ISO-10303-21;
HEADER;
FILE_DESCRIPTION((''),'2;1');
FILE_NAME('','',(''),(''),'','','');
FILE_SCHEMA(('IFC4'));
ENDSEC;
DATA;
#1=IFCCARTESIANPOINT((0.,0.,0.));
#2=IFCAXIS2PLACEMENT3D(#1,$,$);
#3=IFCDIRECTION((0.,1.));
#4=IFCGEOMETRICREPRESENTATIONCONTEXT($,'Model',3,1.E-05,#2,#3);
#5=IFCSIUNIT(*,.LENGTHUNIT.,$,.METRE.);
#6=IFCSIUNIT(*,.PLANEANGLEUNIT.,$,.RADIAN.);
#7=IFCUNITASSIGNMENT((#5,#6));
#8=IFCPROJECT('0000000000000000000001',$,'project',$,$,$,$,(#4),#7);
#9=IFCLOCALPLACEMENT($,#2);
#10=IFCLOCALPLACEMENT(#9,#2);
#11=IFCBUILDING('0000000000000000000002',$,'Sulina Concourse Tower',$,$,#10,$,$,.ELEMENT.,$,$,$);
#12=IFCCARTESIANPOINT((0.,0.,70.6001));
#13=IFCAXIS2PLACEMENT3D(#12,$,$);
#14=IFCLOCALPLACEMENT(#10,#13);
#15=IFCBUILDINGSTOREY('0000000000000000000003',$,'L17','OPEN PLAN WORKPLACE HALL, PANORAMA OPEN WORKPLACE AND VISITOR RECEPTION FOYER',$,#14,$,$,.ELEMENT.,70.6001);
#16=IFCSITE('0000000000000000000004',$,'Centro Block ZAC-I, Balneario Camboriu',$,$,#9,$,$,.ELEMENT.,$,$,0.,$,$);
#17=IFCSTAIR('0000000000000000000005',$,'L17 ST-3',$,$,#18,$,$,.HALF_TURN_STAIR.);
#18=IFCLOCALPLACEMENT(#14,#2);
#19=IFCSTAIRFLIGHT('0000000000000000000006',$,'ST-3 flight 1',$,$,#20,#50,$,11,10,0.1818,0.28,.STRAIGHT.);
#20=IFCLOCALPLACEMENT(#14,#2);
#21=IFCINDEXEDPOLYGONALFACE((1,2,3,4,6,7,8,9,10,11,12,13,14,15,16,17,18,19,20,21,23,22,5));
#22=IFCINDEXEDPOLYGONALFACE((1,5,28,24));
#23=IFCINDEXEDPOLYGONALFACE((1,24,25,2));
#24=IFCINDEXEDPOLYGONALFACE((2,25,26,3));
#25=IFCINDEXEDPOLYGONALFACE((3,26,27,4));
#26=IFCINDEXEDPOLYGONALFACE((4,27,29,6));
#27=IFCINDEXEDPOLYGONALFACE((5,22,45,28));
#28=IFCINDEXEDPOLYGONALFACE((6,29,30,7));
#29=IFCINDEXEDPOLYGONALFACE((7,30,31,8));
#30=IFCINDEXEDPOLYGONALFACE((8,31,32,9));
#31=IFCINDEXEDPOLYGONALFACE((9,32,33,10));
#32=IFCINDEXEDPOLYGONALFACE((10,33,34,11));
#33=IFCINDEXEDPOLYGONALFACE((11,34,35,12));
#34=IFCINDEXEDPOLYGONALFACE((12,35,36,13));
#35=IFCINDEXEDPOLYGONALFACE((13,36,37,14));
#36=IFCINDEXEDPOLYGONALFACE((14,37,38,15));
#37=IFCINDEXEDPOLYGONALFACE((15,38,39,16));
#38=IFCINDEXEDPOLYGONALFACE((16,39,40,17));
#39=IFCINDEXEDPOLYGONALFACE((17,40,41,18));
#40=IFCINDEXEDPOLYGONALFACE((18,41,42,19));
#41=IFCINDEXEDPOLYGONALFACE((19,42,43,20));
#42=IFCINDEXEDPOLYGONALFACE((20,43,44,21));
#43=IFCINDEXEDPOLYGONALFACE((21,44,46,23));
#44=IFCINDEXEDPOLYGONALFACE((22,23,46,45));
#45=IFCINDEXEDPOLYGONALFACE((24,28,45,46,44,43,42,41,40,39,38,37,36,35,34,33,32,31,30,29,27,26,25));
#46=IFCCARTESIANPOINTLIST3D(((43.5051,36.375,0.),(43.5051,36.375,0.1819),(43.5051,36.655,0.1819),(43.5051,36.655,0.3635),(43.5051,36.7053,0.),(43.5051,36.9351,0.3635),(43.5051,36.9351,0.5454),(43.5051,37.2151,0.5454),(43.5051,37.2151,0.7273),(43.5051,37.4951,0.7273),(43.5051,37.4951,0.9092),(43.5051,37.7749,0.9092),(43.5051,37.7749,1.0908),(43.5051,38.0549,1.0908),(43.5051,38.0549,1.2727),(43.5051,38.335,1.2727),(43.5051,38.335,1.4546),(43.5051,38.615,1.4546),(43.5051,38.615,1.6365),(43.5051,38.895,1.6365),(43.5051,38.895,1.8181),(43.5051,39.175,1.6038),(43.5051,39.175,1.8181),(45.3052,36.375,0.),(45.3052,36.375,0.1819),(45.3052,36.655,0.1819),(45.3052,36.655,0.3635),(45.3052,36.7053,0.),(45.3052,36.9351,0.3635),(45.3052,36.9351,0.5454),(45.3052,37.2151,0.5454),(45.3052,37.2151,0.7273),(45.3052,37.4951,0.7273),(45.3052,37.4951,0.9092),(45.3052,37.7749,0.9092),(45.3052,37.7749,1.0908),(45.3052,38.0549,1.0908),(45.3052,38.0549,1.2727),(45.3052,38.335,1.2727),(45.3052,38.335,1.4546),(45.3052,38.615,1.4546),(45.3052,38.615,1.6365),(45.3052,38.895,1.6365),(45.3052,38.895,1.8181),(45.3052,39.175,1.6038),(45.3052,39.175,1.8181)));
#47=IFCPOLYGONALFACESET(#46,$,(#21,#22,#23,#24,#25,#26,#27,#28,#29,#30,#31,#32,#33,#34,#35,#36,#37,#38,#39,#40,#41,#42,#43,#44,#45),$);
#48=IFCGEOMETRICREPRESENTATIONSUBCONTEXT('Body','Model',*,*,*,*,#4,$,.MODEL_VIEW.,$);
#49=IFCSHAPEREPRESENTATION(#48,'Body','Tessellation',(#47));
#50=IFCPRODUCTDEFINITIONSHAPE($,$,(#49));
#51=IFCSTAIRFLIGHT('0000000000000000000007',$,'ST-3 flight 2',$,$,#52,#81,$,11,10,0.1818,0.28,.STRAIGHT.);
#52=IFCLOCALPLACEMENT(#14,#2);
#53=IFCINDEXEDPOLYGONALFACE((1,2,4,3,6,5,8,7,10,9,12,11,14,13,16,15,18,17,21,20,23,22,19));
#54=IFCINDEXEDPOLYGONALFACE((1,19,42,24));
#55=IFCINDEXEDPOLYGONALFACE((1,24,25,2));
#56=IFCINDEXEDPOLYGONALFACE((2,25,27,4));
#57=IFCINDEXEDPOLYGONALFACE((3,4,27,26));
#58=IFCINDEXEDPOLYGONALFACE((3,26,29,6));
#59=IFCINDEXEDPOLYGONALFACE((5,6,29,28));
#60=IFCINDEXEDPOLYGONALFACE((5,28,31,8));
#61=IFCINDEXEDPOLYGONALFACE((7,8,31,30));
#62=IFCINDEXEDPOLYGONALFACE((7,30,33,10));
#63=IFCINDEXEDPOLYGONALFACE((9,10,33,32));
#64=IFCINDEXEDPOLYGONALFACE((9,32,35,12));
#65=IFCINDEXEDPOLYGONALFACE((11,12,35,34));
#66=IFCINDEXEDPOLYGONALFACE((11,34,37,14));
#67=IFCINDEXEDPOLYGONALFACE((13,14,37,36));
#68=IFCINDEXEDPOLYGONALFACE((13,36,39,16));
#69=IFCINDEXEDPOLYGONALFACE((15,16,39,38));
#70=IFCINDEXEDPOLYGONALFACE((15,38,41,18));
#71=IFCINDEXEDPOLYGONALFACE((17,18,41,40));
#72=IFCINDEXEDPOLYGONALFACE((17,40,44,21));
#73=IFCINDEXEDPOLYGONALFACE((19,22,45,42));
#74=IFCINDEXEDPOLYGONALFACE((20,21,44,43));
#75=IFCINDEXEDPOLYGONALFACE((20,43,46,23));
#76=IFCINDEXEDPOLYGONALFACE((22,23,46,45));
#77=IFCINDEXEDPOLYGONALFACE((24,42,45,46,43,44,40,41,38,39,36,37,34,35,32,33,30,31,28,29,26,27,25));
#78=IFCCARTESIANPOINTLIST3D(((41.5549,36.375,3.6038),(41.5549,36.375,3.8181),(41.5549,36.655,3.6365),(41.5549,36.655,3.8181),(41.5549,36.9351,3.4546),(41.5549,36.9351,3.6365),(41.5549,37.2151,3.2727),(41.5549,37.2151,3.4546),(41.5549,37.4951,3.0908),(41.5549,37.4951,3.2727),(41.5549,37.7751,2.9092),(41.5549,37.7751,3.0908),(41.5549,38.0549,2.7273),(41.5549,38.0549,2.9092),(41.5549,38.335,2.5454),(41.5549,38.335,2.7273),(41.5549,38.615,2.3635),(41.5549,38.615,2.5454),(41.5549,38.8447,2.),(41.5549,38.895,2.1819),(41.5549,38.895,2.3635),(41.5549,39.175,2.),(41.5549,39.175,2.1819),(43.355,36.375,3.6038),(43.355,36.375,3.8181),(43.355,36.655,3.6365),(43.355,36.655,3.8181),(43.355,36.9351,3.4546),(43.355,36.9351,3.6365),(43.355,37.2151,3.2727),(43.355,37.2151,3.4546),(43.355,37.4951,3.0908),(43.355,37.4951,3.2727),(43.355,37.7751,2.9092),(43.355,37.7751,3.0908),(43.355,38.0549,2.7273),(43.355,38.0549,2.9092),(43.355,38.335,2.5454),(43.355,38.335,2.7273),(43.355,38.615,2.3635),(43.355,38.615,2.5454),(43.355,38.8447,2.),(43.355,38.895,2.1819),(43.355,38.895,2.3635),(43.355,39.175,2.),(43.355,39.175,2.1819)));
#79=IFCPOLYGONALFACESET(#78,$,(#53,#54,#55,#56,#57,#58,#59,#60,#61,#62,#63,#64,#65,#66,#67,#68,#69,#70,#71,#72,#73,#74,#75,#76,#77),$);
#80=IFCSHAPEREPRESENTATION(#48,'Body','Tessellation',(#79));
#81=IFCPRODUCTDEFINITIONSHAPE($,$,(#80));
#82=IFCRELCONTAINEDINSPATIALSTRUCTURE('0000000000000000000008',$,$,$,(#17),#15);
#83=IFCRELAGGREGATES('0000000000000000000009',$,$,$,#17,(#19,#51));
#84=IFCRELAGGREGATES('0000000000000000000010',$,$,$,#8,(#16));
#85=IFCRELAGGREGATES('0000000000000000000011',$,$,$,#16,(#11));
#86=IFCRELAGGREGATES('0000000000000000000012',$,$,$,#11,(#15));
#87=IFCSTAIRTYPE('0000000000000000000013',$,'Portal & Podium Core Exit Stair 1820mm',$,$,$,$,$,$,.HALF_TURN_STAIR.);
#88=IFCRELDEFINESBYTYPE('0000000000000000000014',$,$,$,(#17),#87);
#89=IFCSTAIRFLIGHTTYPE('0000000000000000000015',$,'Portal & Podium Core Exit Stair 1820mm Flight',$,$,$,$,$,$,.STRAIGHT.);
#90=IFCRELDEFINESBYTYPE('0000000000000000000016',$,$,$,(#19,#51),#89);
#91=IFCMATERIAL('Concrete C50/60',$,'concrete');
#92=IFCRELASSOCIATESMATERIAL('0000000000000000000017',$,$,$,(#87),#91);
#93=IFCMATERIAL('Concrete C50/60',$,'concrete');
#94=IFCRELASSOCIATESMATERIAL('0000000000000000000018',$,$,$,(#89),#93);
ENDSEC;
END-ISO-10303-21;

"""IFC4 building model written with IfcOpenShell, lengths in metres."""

from ifc_helpers import new_model, si_unit, direction, frame, origin, place, context, subcontext, project, spatial, polyline, outline, extrude, material, type_object, element, aggregate, save


model = new_model("IFC4")

# Units and contexts
model_context = context("Model", 3, precision=1e-05, world=origin(), true_north=direction((0.0, 1.0)))
body_context = subcontext(model_context, "Body", "Model", "MODEL_VIEW")
ifc_project = project(units=[si_unit("LENGTHUNIT", "METRE"), si_unit("PLANEANGLEUNIT", "RADIAN")], contexts=[model_context])

# Site, building, storey
site_placement = place(None, origin())
site = spatial("IfcSite", under=ifc_project, at=site_placement, Name="Centro Block ZAC-I, Balneario Camboriu", CompositionType="ELEMENT", RefElevation=0.0)
building_placement = place(site_placement, origin())
building = spatial("IfcBuilding", under=site, at=building_placement, Name="Sulina Concourse Tower", CompositionType="ELEMENT")
storey_placement = place(building_placement, frame((0.0, 0.0, 70.6001)))
storey = spatial("IfcBuildingStorey", under=building, at=storey_placement, Name="L17", Description="OPEN PLAN WORKPLACE HALL, PANORAMA OPEN WORKPLACE AND VISITOR RECEPTION FOYER", CompositionType="ELEMENT", Elevation=70.6001)

# Stair, stair flights
ifc_material_1 = material(Name="Concrete C50/60", Category="concrete")
stair_type = type_object("IfcStairType", Name="Portal & Podium Core Exit Stair 1820mm", PredefinedType="HALF_TURN_STAIR", material=ifc_material_1)
stair_placement = place(storey_placement, origin())
stair = element("IfcStair", 1, at=stair_placement, inside=storey, type_object=stair_type, Name="L17 ST-3", PredefinedType="HALF_TURN_STAIR")
ifc_material_2 = material(Name="Concrete C50/60", Category="concrete")
stair_flight_type = type_object("IfcStairFlightType", Name="Portal & Podium Core Exit Stair 1820mm Flight", PredefinedType="STRAIGHT", material=ifc_material_2)
stair_flight_1_placement = place(storey_placement, frame((44.405, 36.375, 0.0), z_axis=(0.0, 0.0, 1.0), x_axis=(0.0, 1.0, 0.0)))
stair_flight_1 = element("IfcStairFlight", 2, at=stair_flight_1_placement, type_object=stair_flight_type, Name="ST-3 flight 1", NumberOfRisers=11, NumberOfTreads=10, PredefinedType="STRAIGHT", RiserHeight=0.1818, TreadLength=0.28, context=body_context, shape_type="SweptSolid", body=[
    extrude(outline(polyline([(0.0, 0.0), (0.0, 0.1819), (0.28, 0.1819), (0.28, 0.3635), (0.5601, 0.3635), (0.5601, 0.5454), (0.8401, 0.5454), (0.8401, 0.7273), (1.1201, 0.7273), (1.1201, 0.9092), (1.3999, 0.9092), (1.3999, 1.0908), (1.6799, 1.0908), (1.6799, 1.2727), (1.96, 1.2727), (1.96, 1.4546), (2.24, 1.4546), (2.24, 1.6365), (2.52, 1.6365), (2.52, 1.8181), (2.8, 1.8181), (2.8, 2.0), (2.8, 1.6038), (0.3303, 0.0), (0.0, 0.0)])), frame((0.0, 0.8999, 0.0), z_axis=(0.0, -1.0, 0.0), x_axis=(1.0, 0.0, 0.0)), (0.0, 0.0, 1.0), 1.8),
])
stair_flight_2_placement = place(storey_placement, frame((42.4551, 39.175, 2.0), z_axis=(0.0, 0.0, 1.0), x_axis=(0.0, -1.0, 0.0)))
stair_flight_2 = element("IfcStairFlight", 3, at=stair_flight_2_placement, type_object=stair_flight_type, Name="ST-3 flight 2", NumberOfRisers=11, NumberOfTreads=10, PredefinedType="STRAIGHT", RiserHeight=0.1818, TreadLength=0.28, context=body_context, shape_type="SweptSolid", body=[
    extrude(outline(polyline([(0.0, 0.0), (0.0, 0.1819), (0.28, 0.1819), (0.28, 0.3635), (0.5601, 0.3635), (0.5601, 0.5454), (0.8401, 0.5454), (0.8401, 0.7273), (1.1201, 0.7273), (1.1201, 0.9092), (1.3999, 0.9092), (1.3999, 1.0908), (1.6799, 1.0908), (1.6799, 1.2727), (1.96, 1.2727), (1.96, 1.4546), (2.24, 1.4546), (2.24, 1.6365), (2.52, 1.6365), (2.52, 1.8181), (2.8, 1.8181), (2.8, 2.0), (2.8, 1.6038), (0.3303, 0.0), (0.0, 0.0)])), frame((0.0, 0.8999, 0.0), z_axis=(0.0, -1.0, 0.0), x_axis=(1.0, 0.0, 0.0)), (0.0, 0.0, 1.0), 1.8),
])
aggregate(stair, [stair_flight_1, stair_flight_2])

save(model, "model.ifc")
